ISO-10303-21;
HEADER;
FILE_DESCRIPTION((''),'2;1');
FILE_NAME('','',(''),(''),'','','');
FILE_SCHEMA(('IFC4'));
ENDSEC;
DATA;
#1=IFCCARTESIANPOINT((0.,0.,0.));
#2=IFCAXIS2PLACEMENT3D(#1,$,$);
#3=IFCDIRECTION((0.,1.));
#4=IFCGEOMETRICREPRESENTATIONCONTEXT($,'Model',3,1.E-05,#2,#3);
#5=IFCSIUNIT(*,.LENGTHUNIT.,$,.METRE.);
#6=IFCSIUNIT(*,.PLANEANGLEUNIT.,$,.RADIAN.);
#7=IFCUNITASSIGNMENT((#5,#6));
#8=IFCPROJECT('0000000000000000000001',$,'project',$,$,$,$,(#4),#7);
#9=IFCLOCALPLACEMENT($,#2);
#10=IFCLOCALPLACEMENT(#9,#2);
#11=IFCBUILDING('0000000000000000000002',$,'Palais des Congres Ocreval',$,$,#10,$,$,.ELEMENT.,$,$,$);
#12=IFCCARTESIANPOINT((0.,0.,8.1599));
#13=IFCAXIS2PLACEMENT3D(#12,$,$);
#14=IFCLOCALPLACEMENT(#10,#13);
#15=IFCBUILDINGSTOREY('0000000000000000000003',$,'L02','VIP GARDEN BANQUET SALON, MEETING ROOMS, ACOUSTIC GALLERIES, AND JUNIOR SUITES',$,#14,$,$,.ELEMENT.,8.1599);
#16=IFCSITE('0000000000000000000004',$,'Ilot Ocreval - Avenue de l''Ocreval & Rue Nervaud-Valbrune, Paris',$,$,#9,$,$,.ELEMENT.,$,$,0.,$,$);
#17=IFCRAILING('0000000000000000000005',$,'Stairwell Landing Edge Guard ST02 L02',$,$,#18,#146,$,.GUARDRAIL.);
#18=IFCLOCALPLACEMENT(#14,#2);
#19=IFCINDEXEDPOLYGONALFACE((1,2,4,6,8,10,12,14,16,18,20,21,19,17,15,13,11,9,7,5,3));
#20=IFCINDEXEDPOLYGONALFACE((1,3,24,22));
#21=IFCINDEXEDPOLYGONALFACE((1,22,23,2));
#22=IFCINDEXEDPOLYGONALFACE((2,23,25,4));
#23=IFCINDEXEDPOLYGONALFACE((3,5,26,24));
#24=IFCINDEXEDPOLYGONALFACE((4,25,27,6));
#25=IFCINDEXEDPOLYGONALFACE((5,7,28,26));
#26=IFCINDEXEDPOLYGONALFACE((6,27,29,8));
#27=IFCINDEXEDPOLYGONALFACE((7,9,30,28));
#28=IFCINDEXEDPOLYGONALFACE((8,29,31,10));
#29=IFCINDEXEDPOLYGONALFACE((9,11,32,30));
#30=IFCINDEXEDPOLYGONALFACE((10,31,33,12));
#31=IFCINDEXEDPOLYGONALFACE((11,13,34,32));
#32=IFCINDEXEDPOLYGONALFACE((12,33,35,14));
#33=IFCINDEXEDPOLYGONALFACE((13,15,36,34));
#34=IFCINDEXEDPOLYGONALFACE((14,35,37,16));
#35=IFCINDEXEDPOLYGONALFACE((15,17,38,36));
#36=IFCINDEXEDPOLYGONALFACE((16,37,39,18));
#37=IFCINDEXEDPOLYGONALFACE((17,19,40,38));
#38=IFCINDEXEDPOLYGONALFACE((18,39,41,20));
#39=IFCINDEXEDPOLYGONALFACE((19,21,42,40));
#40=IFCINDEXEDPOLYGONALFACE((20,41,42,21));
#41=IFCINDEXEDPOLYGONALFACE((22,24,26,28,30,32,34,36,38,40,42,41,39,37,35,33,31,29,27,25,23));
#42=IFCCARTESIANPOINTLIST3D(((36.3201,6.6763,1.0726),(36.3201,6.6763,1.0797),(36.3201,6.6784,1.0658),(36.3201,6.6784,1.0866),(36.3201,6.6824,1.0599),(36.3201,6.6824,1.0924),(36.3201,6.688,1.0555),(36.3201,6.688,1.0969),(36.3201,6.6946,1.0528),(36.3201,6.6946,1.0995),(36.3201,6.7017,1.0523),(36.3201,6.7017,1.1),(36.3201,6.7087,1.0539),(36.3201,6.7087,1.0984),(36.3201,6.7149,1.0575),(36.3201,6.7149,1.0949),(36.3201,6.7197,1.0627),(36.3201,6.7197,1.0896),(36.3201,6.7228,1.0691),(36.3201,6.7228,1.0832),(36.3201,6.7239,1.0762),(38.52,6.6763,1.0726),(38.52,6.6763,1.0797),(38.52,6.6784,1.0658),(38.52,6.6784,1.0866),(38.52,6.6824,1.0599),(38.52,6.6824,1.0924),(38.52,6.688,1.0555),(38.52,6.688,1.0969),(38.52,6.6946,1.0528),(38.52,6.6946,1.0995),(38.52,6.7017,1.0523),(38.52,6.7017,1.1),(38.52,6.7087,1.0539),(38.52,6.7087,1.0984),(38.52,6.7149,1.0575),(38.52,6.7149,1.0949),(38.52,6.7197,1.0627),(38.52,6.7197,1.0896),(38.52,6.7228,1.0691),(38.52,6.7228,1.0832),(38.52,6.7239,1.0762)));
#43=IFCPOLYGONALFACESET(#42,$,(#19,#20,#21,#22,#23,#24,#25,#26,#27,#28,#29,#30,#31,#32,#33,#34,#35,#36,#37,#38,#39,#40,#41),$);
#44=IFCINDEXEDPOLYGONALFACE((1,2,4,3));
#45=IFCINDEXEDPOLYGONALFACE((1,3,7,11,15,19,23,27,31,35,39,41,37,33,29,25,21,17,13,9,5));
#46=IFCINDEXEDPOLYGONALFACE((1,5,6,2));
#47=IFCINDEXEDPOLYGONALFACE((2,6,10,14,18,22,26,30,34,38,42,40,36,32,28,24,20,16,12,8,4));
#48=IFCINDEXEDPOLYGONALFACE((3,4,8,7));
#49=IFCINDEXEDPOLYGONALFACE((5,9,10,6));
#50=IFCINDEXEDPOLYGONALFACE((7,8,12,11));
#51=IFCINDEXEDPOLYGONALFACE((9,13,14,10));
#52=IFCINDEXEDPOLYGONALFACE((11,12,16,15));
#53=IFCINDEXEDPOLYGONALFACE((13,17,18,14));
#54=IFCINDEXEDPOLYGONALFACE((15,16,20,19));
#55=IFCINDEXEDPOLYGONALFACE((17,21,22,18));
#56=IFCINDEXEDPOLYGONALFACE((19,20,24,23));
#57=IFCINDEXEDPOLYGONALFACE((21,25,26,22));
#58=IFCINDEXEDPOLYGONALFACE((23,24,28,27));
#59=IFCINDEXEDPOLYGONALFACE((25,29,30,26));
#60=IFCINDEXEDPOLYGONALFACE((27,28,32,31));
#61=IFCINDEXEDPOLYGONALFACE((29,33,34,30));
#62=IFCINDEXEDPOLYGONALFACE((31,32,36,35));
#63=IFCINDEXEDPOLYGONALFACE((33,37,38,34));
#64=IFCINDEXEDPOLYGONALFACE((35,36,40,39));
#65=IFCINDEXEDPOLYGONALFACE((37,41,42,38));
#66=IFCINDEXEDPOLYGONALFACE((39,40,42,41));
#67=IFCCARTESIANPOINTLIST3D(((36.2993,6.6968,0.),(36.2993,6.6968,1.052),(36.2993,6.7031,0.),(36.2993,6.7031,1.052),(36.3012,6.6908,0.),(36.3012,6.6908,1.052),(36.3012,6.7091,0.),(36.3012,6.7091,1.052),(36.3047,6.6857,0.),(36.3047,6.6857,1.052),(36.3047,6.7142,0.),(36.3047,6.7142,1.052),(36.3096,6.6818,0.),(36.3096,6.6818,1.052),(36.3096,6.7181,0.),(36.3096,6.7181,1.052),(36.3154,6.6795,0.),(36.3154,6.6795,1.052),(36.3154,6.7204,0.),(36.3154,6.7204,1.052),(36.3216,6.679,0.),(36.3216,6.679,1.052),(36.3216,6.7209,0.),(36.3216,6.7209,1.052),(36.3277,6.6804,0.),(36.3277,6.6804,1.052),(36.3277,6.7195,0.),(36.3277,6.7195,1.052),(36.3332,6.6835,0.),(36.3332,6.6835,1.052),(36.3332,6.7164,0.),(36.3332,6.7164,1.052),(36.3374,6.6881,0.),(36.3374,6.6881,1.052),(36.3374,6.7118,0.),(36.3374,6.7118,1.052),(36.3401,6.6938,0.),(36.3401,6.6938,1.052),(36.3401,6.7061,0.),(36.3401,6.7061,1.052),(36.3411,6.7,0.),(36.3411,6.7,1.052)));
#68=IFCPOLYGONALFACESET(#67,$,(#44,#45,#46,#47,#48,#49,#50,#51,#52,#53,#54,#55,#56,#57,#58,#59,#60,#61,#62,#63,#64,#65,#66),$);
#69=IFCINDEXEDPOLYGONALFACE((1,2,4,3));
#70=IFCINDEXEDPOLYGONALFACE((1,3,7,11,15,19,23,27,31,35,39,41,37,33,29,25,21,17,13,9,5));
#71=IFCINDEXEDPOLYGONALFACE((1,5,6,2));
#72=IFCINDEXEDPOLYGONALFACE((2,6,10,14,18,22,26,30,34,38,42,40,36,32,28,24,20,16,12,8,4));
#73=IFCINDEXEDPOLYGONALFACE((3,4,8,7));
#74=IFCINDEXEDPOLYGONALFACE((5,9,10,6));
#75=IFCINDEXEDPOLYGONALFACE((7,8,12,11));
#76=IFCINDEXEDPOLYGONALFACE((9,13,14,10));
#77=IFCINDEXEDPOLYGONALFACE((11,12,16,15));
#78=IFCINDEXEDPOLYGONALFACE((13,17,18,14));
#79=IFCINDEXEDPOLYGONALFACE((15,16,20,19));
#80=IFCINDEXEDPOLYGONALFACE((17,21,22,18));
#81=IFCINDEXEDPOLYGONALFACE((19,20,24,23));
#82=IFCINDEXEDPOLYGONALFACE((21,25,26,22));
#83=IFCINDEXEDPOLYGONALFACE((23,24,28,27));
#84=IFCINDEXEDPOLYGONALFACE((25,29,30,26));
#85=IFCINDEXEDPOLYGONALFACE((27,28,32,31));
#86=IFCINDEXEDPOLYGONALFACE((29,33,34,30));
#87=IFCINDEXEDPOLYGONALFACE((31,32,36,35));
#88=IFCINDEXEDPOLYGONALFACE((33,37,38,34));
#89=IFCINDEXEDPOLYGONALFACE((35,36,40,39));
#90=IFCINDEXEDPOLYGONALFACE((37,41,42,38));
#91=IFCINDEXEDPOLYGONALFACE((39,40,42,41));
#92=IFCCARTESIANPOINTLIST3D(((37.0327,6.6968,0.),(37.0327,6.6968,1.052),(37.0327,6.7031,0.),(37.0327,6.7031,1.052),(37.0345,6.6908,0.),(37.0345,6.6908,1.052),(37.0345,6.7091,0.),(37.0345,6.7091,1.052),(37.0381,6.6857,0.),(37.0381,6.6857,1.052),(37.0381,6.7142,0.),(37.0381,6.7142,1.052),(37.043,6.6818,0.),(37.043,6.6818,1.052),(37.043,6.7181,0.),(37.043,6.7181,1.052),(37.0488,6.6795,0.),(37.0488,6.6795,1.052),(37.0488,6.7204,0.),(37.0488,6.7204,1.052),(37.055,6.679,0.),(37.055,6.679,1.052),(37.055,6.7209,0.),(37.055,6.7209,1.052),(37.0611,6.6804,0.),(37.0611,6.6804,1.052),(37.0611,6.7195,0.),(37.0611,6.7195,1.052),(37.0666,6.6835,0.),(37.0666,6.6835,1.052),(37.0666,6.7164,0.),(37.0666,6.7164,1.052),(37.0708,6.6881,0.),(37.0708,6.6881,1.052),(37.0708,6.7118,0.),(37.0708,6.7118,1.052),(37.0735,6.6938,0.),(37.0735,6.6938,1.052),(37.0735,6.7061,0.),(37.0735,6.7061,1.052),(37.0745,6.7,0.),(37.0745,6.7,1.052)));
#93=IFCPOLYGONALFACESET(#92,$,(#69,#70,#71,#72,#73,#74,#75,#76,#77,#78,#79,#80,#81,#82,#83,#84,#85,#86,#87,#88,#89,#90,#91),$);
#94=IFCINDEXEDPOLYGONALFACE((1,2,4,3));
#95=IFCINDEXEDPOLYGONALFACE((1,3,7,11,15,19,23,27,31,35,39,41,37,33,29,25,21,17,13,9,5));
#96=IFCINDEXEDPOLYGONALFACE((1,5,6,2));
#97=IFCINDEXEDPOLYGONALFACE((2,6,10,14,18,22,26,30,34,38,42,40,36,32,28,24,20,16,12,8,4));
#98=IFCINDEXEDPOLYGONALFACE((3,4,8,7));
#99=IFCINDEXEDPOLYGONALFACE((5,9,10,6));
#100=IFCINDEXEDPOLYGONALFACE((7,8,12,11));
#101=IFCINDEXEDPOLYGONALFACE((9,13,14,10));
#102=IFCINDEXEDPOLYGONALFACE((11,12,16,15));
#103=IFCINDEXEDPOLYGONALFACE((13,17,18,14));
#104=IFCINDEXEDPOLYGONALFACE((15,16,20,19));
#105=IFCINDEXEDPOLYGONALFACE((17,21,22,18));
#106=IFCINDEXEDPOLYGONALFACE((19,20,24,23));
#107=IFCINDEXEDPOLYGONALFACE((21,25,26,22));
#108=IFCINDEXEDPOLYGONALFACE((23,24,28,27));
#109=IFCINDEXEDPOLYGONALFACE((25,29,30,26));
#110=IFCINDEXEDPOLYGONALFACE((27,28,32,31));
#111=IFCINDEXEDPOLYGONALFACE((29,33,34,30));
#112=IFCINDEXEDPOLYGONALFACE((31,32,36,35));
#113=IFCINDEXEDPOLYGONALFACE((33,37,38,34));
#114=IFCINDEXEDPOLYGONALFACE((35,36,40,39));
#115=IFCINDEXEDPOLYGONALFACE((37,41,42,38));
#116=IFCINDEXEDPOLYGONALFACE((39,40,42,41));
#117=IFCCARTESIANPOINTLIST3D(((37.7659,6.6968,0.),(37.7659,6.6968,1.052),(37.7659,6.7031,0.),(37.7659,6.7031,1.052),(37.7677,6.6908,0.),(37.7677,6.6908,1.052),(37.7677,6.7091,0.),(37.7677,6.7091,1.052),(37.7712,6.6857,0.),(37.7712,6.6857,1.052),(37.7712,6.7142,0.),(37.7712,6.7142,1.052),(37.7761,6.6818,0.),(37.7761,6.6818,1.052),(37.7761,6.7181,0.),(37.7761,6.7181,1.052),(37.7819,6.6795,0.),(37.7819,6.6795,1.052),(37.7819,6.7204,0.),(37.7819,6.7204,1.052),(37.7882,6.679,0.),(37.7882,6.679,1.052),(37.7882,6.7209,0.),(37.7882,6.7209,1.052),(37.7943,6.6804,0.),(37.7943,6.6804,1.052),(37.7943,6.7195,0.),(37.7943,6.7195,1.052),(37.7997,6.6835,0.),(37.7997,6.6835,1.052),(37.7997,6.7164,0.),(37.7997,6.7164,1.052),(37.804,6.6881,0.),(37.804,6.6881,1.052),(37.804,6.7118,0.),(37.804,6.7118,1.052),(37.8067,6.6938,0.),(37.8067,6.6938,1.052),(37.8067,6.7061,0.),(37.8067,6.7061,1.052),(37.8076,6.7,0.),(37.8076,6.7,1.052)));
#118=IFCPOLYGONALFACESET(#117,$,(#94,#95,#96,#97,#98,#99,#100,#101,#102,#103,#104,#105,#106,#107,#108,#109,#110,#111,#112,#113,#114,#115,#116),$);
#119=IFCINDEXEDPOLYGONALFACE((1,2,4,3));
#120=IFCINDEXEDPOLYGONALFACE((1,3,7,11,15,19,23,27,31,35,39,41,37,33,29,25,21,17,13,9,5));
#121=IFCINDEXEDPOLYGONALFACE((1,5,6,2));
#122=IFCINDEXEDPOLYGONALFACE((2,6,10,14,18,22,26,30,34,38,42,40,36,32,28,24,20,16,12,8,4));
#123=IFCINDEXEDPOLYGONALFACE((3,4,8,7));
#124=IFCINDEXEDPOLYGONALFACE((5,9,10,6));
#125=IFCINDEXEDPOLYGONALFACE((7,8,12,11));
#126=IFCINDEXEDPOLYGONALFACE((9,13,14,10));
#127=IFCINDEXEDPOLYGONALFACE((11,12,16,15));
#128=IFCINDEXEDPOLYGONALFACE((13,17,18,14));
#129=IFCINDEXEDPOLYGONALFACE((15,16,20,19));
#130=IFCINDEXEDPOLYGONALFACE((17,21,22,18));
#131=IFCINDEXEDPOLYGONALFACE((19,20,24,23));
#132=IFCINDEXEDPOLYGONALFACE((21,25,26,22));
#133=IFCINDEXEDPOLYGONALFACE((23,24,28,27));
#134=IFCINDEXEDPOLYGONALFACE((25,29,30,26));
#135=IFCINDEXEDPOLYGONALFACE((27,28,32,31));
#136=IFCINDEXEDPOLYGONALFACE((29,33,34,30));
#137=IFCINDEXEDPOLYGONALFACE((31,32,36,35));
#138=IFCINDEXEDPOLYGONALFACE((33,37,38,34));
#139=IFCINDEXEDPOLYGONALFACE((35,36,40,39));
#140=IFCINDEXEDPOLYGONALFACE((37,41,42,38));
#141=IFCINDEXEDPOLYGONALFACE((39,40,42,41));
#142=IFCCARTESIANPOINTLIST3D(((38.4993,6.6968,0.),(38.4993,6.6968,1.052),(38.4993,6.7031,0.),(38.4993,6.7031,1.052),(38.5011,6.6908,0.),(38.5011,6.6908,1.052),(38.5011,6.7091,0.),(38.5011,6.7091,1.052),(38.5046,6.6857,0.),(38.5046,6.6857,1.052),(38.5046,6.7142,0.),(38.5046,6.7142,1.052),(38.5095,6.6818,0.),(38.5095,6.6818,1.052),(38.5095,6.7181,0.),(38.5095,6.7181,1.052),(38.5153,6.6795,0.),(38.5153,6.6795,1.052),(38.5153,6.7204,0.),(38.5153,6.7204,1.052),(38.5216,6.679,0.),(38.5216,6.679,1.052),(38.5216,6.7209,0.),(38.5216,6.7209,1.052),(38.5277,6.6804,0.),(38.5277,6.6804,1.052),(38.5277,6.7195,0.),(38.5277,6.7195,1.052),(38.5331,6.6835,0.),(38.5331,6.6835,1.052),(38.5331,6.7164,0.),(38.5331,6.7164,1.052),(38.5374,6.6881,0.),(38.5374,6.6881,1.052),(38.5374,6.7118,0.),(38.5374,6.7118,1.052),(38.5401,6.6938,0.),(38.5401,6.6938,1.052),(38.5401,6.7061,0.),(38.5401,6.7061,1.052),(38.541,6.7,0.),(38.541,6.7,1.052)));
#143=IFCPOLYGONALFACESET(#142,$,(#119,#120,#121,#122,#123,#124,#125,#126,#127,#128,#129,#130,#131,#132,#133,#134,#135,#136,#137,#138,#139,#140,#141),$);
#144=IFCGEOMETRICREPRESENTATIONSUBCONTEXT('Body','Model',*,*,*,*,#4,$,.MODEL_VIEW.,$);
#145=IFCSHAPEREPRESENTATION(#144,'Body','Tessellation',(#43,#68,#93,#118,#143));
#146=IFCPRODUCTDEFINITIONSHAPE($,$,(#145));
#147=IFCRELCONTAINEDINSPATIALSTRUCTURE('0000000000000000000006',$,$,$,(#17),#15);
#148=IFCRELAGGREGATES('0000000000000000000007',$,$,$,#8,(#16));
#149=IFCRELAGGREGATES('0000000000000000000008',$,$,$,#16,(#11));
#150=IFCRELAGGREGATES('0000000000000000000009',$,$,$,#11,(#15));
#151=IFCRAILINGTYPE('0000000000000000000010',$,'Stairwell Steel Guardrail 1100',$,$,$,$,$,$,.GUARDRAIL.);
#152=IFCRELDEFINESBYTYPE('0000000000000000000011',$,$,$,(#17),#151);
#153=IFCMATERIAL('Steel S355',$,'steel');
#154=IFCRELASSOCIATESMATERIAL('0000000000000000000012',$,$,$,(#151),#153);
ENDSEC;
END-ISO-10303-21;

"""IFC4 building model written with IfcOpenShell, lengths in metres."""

from ifc_helpers import new_model, si_unit, direction, frame, origin, origin_2d, place, context, subcontext, project, spatial, circle, extrude, material, type_object, element, save


model = new_model("IFC4")

# Units and contexts
model_context = context("Model", 3, precision=1e-05, world=origin(), true_north=direction((0.0, 1.0)))
body_context = subcontext(model_context, "Body", "Model", "MODEL_VIEW")
ifc_project = project(units=[si_unit("LENGTHUNIT", "METRE"), si_unit("PLANEANGLEUNIT", "RADIAN")], contexts=[model_context])

# Site, building, storey
site_placement = place(None, origin())
site = spatial("IfcSite", under=ifc_project, at=site_placement, Name="Ilot Ocreval - Avenue de l'Ocreval & Rue Nervaud-Valbrune, Paris", CompositionType="ELEMENT", RefElevation=0.0)
building_placement = place(site_placement, origin())
building = spatial("IfcBuilding", under=site, at=building_placement, Name="Palais des Congres Ocreval", CompositionType="ELEMENT")
storey_placement = place(building_placement, frame((0.0, 0.0, 8.1599)))
storey = spatial("IfcBuildingStorey", under=building, at=storey_placement, Name="L02", Description="VIP GARDEN BANQUET SALON, MEETING ROOMS, ACOUSTIC GALLERIES, AND JUNIOR SUITES", CompositionType="ELEMENT", Elevation=8.1599)

# Shared definitions
ifc_material_1 = material(Name="Steel S355", Category="steel")

# Railing
railing_type_1 = type_object("IfcRailingType", Name="Stairwell Steel Guardrail 1100", PredefinedType="GUARDRAIL", material=ifc_material_1)
railing_1_placement = place(storey_placement, frame((36.3201, 6.7, 0.0)))
element("IfcRailing", 1, at=railing_1_placement, inside=storey, type_object=railing_type_1, Name="Stairwell Landing Edge Guard ST02 L02", PredefinedType="GUARDRAIL", context=body_context, shape_type="SweptSolid", body=[
    extrude(circle(Radius=0.0239, at=origin_2d()), frame((0.0, 0.0, 1.0762), z_axis=(1.0, 0.0, 0.0), x_axis=(0.0, 1.0, 0.0)), (0.0, 0.0, 1.0), 2.2),
    extrude(circle(Radius=0.021, at=origin_2d()), origin(), (0.0, 0.0, 1.0), 1.052),
    extrude(circle(Radius=0.021, at=origin_2d()), frame((0.7334, 0.0, 0.0)), (0.0, 0.0, 1.0), 1.052),
    extrude(circle(Radius=0.021, at=origin_2d()), frame((1.4666, 0.0, 0.0)), (0.0, 0.0, 1.0), 1.052),
    extrude(circle(Radius=0.021, at=origin_2d()), frame((2.2, 0.0, 0.0)), (0.0, 0.0, 1.0), 1.052),
])

save(model, "model.ifc")
